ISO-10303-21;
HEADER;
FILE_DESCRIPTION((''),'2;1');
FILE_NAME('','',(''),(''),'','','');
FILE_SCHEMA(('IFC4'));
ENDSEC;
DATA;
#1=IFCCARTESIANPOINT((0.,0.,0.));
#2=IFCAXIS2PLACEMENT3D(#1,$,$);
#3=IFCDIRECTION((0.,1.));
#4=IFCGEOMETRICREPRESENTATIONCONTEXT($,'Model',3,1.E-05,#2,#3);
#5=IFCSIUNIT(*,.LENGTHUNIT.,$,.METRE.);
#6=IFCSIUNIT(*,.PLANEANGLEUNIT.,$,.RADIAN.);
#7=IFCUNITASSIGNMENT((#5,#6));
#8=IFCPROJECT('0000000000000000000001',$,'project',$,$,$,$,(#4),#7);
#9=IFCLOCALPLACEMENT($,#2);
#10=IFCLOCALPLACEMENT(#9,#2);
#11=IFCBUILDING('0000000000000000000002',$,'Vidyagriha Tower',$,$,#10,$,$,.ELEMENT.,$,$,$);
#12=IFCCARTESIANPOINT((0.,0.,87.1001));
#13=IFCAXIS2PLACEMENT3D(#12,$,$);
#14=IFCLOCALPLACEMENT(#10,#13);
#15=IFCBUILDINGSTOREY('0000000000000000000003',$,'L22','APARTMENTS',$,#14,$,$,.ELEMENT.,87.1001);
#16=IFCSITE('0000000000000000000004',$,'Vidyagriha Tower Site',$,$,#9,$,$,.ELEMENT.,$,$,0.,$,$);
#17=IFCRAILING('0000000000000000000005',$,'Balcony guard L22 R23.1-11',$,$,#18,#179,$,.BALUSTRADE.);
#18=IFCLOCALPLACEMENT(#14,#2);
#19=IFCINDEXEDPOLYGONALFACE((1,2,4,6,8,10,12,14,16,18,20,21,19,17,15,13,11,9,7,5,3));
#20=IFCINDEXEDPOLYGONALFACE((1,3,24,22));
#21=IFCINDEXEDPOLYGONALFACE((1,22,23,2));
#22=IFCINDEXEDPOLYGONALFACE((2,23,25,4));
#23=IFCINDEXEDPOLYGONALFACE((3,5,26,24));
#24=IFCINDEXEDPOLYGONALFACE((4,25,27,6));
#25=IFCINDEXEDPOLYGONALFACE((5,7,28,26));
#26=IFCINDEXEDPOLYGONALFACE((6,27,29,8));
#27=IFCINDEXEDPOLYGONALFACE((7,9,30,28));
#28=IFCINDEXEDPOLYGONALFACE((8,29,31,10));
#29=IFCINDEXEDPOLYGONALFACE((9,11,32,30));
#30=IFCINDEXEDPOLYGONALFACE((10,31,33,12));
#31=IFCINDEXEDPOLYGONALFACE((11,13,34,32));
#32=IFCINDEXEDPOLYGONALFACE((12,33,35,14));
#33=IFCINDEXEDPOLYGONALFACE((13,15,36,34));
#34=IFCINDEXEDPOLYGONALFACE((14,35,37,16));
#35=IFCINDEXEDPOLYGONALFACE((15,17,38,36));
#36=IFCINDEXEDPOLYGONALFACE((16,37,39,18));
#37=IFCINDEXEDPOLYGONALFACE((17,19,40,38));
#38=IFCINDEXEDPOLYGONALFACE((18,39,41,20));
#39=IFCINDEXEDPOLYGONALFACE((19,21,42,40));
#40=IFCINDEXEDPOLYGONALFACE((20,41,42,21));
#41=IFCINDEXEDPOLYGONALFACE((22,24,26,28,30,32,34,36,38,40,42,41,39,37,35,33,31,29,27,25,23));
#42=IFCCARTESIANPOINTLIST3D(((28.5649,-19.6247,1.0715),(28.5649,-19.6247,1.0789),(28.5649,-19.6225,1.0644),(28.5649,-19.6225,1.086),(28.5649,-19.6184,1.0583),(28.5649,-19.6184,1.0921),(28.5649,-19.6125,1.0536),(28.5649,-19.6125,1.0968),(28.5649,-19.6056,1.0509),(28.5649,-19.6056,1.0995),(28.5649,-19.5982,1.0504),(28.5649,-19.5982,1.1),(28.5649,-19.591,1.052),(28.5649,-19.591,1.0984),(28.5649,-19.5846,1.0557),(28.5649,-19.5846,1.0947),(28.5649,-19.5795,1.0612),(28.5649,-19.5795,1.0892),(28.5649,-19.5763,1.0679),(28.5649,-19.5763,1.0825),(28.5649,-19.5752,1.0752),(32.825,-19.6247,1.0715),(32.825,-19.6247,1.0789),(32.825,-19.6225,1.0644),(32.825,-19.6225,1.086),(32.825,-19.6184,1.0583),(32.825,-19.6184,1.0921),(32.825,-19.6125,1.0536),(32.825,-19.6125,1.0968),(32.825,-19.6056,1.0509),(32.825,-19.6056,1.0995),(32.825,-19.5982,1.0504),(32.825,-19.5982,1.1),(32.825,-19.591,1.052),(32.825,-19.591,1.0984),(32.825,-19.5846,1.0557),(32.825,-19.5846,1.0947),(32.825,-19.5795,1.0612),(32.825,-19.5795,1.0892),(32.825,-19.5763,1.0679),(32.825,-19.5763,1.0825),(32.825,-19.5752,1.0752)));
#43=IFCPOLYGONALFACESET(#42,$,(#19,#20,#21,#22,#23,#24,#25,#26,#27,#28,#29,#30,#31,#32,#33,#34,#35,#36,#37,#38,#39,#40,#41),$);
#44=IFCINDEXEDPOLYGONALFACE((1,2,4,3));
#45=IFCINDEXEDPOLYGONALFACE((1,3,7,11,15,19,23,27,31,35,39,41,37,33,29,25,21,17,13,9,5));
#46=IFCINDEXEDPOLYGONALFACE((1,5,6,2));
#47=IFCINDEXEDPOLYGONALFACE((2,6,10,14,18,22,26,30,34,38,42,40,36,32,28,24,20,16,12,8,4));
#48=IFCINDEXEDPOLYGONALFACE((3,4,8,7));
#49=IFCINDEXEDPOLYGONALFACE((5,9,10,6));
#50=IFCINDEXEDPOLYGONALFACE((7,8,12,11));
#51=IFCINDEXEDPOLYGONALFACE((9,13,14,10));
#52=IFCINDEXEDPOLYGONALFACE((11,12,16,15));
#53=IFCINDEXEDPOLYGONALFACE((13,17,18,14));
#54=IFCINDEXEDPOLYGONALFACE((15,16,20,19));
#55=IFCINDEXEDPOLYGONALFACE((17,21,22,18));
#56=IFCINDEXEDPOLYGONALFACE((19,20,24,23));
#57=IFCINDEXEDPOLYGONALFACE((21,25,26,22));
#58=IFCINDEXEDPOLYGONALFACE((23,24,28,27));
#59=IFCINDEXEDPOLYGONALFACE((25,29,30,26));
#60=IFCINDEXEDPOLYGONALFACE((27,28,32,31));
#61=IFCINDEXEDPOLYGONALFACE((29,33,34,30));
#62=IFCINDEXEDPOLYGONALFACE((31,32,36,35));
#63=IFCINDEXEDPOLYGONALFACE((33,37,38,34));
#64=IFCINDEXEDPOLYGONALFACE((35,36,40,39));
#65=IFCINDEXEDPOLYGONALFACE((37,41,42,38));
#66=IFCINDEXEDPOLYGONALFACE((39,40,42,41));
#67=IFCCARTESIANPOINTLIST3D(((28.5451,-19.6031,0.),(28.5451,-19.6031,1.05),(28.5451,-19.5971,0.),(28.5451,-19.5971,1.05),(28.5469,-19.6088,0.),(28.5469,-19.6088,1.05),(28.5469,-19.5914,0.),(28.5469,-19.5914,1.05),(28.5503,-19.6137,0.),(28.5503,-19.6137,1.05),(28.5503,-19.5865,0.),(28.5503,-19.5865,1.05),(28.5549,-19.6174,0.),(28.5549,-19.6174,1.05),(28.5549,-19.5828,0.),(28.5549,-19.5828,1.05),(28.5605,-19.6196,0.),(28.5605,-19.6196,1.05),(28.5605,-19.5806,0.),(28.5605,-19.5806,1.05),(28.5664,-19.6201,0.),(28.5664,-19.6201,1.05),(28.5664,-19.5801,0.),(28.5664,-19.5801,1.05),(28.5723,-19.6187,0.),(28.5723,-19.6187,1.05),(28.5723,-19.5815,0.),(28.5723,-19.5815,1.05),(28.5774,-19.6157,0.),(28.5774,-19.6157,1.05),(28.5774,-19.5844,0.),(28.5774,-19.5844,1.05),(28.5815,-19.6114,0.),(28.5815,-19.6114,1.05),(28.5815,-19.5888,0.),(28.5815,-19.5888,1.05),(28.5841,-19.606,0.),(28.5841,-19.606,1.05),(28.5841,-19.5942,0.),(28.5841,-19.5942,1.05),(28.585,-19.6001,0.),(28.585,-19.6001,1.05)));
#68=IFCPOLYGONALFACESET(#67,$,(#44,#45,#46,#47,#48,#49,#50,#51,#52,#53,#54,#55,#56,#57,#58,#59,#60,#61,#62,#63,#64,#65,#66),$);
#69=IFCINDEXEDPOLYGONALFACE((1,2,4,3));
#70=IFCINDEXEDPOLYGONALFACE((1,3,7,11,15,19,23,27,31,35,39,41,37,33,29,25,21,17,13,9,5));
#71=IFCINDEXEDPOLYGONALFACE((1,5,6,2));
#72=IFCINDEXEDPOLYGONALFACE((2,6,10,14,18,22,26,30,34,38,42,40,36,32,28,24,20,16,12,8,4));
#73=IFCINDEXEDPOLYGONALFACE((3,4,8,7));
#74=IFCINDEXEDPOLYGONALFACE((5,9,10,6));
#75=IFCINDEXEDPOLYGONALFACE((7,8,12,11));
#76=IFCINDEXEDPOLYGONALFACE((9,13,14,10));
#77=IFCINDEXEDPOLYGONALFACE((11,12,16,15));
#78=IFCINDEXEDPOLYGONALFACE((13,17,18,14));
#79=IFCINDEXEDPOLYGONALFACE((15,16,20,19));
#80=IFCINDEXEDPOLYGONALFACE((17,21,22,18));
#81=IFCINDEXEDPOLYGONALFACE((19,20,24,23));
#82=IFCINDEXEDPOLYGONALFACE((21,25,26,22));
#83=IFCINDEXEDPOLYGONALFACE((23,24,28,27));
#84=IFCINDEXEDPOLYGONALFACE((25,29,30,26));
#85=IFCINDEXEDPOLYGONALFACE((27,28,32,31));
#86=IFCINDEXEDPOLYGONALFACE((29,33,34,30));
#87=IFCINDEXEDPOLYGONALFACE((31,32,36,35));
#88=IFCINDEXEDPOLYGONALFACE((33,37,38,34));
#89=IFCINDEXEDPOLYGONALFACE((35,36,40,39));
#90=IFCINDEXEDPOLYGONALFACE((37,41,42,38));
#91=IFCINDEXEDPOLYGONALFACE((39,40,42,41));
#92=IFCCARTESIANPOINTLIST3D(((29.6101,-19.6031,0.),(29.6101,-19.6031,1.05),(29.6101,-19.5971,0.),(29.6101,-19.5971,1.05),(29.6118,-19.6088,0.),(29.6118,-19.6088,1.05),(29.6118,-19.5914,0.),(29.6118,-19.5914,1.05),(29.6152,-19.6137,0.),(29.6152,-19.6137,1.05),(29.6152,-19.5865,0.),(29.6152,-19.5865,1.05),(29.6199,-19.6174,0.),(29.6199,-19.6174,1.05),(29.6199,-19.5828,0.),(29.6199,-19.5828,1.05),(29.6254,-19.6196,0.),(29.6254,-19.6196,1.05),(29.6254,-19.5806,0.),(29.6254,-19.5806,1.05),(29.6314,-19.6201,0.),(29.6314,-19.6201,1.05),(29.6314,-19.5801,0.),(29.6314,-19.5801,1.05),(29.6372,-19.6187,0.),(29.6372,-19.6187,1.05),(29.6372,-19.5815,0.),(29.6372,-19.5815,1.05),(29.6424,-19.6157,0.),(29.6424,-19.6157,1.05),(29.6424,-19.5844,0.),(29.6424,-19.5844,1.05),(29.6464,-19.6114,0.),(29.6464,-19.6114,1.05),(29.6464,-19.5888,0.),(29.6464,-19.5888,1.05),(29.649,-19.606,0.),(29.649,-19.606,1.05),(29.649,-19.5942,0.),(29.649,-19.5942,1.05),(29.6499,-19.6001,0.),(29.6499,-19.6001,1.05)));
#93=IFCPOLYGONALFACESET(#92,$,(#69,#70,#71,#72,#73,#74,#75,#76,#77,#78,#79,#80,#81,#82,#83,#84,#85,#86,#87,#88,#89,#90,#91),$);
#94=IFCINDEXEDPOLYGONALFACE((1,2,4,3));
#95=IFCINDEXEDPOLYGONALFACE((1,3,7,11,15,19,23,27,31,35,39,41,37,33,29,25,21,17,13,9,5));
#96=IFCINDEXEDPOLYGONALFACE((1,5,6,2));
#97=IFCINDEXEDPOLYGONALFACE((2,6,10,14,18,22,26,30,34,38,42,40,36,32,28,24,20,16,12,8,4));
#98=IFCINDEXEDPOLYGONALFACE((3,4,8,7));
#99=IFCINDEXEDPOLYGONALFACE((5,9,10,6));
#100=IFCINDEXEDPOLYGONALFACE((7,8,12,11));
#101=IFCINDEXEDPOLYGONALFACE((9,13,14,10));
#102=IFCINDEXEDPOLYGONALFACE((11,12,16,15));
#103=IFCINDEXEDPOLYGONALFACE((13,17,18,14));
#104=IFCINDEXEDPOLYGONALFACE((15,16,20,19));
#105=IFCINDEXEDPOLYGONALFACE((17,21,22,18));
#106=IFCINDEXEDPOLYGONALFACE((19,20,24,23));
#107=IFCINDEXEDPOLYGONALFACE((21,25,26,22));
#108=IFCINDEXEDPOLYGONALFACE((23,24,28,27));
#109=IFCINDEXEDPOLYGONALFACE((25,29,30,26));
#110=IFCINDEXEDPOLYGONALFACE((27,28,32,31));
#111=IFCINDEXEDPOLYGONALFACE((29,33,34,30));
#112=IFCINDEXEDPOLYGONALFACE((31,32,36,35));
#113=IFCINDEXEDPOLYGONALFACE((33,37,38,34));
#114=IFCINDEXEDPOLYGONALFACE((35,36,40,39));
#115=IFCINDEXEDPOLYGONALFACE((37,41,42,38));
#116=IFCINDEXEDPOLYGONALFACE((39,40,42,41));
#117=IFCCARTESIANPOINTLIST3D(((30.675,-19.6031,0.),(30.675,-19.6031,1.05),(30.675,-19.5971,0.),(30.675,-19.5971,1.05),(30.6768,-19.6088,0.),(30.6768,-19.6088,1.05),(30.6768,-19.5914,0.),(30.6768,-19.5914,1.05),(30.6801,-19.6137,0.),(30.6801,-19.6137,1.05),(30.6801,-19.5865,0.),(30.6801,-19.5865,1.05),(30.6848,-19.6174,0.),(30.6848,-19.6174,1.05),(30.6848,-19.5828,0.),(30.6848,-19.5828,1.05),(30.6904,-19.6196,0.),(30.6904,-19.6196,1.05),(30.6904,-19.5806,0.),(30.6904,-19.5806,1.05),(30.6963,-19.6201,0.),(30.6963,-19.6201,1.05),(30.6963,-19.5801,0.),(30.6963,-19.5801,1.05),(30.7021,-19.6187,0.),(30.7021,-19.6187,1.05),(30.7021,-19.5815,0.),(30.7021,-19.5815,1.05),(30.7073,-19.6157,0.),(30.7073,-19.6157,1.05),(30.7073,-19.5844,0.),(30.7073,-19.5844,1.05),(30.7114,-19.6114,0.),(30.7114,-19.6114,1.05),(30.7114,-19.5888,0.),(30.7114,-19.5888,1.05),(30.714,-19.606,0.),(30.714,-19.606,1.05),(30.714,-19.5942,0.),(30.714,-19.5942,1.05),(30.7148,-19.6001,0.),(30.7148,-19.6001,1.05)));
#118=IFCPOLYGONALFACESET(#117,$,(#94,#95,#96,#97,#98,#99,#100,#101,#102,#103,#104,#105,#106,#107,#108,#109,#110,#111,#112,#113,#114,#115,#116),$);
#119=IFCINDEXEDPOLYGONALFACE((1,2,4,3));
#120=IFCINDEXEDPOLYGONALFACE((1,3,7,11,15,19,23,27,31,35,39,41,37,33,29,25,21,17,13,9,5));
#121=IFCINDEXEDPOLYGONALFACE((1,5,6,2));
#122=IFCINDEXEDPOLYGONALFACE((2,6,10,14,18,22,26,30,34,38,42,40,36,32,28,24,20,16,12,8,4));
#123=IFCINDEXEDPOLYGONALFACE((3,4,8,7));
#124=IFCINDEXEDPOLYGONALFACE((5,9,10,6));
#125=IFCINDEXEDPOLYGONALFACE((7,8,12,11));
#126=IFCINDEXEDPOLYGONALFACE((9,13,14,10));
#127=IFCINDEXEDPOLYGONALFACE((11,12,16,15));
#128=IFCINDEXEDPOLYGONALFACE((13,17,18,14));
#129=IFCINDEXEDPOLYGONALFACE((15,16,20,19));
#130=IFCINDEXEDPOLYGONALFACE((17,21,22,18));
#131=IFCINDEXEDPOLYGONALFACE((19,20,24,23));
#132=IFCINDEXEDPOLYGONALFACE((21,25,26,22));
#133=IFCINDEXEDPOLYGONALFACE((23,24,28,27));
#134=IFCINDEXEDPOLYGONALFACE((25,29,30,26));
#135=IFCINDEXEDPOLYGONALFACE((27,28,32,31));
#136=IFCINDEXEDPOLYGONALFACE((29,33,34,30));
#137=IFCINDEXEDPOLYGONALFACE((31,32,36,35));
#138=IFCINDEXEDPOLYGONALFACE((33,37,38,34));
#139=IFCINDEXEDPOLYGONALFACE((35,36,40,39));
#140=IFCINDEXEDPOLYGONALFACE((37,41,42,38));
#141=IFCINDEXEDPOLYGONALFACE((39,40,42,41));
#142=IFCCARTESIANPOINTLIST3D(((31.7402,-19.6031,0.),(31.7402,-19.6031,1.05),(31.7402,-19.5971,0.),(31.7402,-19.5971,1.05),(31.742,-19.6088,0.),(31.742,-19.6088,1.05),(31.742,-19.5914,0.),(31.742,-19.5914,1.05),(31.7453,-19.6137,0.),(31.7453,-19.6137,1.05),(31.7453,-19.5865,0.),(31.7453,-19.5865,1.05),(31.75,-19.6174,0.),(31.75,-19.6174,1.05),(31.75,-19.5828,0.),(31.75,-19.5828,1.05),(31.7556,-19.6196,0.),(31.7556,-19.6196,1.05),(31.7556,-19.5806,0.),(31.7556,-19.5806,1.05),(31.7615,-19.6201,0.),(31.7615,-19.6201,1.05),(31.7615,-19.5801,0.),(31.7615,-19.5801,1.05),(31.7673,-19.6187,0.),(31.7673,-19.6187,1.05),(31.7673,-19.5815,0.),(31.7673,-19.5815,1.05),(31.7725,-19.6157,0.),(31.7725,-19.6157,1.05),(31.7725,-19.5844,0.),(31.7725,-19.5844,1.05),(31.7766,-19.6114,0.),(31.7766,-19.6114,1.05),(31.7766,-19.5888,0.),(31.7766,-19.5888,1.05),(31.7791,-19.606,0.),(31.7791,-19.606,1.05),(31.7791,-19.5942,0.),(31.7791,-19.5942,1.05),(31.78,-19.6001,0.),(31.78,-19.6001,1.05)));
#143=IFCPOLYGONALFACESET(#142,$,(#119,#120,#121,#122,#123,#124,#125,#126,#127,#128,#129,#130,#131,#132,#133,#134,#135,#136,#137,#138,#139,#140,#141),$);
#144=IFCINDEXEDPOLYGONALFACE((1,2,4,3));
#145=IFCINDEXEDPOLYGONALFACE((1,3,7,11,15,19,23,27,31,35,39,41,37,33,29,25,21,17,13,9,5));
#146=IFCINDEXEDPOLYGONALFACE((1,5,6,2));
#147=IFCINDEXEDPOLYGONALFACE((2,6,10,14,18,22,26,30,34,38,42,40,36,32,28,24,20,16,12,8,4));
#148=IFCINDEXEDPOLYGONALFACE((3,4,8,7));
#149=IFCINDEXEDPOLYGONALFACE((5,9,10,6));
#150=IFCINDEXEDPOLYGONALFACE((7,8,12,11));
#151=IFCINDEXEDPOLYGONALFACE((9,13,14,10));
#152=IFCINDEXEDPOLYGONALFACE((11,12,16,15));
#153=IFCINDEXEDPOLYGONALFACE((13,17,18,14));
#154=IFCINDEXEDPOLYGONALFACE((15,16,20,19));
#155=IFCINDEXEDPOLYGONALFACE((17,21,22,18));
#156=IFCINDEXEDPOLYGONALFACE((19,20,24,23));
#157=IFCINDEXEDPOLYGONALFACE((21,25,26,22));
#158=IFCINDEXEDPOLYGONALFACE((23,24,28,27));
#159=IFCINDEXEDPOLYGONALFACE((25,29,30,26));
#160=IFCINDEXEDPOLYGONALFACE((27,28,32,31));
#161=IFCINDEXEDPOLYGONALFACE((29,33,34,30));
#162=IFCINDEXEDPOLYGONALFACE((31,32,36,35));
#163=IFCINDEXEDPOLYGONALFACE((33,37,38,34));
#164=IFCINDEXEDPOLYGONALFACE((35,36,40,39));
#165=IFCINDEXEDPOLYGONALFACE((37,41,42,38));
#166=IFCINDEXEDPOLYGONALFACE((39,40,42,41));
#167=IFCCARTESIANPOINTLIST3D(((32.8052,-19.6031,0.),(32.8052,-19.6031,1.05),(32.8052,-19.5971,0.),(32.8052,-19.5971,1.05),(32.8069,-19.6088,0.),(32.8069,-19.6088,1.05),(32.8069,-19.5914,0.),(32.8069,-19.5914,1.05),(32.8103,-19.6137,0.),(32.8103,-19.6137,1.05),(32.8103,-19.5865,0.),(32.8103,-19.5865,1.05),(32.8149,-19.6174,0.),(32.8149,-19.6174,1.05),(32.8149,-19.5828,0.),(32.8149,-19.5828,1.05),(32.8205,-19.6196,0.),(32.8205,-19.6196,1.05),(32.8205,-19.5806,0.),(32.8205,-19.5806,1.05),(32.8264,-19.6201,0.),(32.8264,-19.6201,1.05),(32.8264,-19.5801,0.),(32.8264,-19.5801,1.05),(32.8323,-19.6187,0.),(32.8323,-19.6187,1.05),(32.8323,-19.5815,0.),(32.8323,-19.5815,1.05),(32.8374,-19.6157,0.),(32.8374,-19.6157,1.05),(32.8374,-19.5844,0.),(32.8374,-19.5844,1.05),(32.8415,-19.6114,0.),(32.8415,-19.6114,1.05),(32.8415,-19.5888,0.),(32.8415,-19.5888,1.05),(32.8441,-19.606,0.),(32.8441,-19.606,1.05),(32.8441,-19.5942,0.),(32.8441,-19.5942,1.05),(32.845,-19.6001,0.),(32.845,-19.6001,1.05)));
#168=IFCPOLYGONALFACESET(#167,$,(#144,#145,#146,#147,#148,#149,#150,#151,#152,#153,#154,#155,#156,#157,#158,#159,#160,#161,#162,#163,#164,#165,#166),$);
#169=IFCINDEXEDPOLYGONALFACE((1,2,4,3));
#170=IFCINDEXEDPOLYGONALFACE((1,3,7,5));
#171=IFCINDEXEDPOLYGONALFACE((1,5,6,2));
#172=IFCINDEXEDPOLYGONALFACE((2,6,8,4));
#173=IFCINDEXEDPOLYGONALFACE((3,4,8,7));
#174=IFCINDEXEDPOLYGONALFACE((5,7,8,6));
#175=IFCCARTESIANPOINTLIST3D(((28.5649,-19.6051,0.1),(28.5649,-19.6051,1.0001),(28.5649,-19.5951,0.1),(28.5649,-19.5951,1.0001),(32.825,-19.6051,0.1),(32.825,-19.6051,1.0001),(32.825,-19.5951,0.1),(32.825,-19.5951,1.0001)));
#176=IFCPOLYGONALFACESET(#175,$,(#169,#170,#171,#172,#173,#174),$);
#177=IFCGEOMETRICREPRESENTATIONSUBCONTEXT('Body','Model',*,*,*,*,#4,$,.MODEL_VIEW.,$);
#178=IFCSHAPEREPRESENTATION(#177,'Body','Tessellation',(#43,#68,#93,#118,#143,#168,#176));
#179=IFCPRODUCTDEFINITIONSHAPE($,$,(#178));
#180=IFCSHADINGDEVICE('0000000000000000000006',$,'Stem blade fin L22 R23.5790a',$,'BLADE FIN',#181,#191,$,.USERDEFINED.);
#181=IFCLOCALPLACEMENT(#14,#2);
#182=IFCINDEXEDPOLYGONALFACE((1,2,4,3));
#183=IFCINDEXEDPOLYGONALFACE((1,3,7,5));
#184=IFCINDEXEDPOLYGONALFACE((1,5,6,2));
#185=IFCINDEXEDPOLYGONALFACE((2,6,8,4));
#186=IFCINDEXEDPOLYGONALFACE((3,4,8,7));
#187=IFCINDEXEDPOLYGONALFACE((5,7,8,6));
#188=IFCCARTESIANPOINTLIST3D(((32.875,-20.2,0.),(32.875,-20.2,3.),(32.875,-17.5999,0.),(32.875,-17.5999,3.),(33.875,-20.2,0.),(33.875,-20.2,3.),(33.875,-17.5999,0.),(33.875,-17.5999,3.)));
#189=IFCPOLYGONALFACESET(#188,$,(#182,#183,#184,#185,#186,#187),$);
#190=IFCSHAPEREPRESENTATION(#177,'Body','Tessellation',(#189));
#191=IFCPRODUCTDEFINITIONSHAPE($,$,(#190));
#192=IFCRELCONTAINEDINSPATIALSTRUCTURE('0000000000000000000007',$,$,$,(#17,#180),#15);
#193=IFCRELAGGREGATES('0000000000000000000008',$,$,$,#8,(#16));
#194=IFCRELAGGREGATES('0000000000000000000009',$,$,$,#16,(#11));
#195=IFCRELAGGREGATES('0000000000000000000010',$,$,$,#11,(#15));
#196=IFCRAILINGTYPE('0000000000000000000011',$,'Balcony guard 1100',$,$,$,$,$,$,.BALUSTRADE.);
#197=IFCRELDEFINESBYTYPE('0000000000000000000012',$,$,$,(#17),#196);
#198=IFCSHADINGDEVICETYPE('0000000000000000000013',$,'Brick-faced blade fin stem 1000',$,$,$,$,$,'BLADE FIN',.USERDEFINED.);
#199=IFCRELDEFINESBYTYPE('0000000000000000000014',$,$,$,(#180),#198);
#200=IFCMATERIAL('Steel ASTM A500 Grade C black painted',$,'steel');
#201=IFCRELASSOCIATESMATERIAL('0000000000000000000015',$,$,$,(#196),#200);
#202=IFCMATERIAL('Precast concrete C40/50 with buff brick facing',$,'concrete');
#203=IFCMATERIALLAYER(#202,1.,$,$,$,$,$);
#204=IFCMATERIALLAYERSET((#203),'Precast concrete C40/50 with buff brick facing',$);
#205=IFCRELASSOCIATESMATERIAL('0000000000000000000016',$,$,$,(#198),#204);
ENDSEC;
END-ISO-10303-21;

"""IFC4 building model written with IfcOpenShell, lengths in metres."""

from ifc_helpers import new_model, si_unit, direction, frame, origin, origin_2d, place, context, subcontext, project, spatial, polyline, rectangle, circle, outline, extrude, material, layer, layer_set, type_object, element, save


model = new_model("IFC4")

# Units and contexts
model_context = context("Model", 3, precision=1e-05, world=origin(), true_north=direction((0.0, 1.0)))
body_context = subcontext(model_context, "Body", "Model", "MODEL_VIEW")
ifc_project = project(units=[si_unit("LENGTHUNIT", "METRE"), si_unit("PLANEANGLEUNIT", "RADIAN")], contexts=[model_context])

# Site, building, storey
site_placement = place(None, origin())
site = spatial("IfcSite", under=ifc_project, at=site_placement, Name="Vidyagriha Tower Site", CompositionType="ELEMENT", RefElevation=0.0)
building_placement = place(site_placement, origin())
building = spatial("IfcBuilding", under=site, at=building_placement, Name="Vidyagriha Tower", CompositionType="ELEMENT")
storey_placement = place(building_placement, frame((0.0, 0.0, 87.1001)))
storey = spatial("IfcBuildingStorey", under=building, at=storey_placement, Name="L22", Description="APARTMENTS", CompositionType="ELEMENT", Elevation=87.1001)

# Railing
ifc_material_1 = material(Name="Steel ASTM A500 Grade C black painted", Category="steel")
railing_type_1 = type_object("IfcRailingType", Name="Balcony guard 1100", PredefinedType="BALUSTRADE", material=ifc_material_1)
railing_1_placement = place(storey_placement, frame((28.5649, -19.6001, 0.0)))
element("IfcRailing", 1, at=railing_1_placement, inside=storey, type_object=railing_type_1, Name="Balcony guard L22 R23.1-11", PredefinedType="BALUSTRADE", context=body_context, shape_type="SweptSolid", body=[
    extrude(circle(Radius=0.0249, at=origin_2d()), frame((0.0, 0.0, 1.0752), z_axis=(1.0, 0.0, 0.0), x_axis=(0.0, 1.0, 0.0)), (0.0, 0.0, 1.0), 4.26),
    extrude(circle(Radius=0.02, at=origin_2d()), origin(), (0.0, 0.0, 1.0), 1.05),
    extrude(circle(Radius=0.02, at=origin_2d()), frame((1.0649, 0.0, 0.0)), (0.0, 0.0, 1.0), 1.05),
    extrude(circle(Radius=0.02, at=origin_2d()), frame((2.1299, 0.0, 0.0)), (0.0, 0.0, 1.0), 1.05),
    extrude(circle(Radius=0.02, at=origin_2d()), frame((3.1951, 0.0, 0.0)), (0.0, 0.0, 1.0), 1.05),
    extrude(circle(Radius=0.02, at=origin_2d()), frame((4.26, 0.0, 0.0)), (0.0, 0.0, 1.0), 1.05),
    extrude(rectangle(XDim=0.01, YDim=0.9001, at=origin_2d()), frame((0.0, 0.0, 0.55), z_axis=(1.0, 0.0, 0.0), x_axis=(0.0, 1.0, 0.0)), (0.0, 0.0, 1.0), 4.26),
])

# Shading device
ifc_material_2 = material(Name="Precast concrete C40/50 with buff brick facing", Category="concrete")
ifc_layer_1 = layer(ifc_material_2, 1.0)
ifc_layer_set_1 = layer_set([ifc_layer_1], Name="Precast concrete C40/50 with buff brick facing")
shading_device_type = type_object("IfcShadingDeviceType", Name="Brick-faced blade fin stem 1000", ElementType="BLADE FIN", PredefinedType="USERDEFINED", material=ifc_layer_set_1)
shading_device_placement = place(storey_placement, frame((32.875, -18.8999, 0.0)))
element("IfcShadingDevice", 2, at=shading_device_placement, inside=storey, type_object=shading_device_type, Name="Stem blade fin L22 R23.5790a", ObjectType="BLADE FIN", PredefinedType="USERDEFINED", context=body_context, shape_type="SweptSolid", body=[
    extrude(outline(polyline([(0.0, 0.0), (1.0, 0.0), (1.0, 3.0), (0.0, 3.0), (0.0, 0.0)])), frame((0.0, 1.3, 0.0), z_axis=(0.0, -1.0, 0.0), x_axis=(1.0, 0.0, 0.0)), (0.0, 0.0, 1.0), 2.6001),
])

save(model, "model.ifc")
